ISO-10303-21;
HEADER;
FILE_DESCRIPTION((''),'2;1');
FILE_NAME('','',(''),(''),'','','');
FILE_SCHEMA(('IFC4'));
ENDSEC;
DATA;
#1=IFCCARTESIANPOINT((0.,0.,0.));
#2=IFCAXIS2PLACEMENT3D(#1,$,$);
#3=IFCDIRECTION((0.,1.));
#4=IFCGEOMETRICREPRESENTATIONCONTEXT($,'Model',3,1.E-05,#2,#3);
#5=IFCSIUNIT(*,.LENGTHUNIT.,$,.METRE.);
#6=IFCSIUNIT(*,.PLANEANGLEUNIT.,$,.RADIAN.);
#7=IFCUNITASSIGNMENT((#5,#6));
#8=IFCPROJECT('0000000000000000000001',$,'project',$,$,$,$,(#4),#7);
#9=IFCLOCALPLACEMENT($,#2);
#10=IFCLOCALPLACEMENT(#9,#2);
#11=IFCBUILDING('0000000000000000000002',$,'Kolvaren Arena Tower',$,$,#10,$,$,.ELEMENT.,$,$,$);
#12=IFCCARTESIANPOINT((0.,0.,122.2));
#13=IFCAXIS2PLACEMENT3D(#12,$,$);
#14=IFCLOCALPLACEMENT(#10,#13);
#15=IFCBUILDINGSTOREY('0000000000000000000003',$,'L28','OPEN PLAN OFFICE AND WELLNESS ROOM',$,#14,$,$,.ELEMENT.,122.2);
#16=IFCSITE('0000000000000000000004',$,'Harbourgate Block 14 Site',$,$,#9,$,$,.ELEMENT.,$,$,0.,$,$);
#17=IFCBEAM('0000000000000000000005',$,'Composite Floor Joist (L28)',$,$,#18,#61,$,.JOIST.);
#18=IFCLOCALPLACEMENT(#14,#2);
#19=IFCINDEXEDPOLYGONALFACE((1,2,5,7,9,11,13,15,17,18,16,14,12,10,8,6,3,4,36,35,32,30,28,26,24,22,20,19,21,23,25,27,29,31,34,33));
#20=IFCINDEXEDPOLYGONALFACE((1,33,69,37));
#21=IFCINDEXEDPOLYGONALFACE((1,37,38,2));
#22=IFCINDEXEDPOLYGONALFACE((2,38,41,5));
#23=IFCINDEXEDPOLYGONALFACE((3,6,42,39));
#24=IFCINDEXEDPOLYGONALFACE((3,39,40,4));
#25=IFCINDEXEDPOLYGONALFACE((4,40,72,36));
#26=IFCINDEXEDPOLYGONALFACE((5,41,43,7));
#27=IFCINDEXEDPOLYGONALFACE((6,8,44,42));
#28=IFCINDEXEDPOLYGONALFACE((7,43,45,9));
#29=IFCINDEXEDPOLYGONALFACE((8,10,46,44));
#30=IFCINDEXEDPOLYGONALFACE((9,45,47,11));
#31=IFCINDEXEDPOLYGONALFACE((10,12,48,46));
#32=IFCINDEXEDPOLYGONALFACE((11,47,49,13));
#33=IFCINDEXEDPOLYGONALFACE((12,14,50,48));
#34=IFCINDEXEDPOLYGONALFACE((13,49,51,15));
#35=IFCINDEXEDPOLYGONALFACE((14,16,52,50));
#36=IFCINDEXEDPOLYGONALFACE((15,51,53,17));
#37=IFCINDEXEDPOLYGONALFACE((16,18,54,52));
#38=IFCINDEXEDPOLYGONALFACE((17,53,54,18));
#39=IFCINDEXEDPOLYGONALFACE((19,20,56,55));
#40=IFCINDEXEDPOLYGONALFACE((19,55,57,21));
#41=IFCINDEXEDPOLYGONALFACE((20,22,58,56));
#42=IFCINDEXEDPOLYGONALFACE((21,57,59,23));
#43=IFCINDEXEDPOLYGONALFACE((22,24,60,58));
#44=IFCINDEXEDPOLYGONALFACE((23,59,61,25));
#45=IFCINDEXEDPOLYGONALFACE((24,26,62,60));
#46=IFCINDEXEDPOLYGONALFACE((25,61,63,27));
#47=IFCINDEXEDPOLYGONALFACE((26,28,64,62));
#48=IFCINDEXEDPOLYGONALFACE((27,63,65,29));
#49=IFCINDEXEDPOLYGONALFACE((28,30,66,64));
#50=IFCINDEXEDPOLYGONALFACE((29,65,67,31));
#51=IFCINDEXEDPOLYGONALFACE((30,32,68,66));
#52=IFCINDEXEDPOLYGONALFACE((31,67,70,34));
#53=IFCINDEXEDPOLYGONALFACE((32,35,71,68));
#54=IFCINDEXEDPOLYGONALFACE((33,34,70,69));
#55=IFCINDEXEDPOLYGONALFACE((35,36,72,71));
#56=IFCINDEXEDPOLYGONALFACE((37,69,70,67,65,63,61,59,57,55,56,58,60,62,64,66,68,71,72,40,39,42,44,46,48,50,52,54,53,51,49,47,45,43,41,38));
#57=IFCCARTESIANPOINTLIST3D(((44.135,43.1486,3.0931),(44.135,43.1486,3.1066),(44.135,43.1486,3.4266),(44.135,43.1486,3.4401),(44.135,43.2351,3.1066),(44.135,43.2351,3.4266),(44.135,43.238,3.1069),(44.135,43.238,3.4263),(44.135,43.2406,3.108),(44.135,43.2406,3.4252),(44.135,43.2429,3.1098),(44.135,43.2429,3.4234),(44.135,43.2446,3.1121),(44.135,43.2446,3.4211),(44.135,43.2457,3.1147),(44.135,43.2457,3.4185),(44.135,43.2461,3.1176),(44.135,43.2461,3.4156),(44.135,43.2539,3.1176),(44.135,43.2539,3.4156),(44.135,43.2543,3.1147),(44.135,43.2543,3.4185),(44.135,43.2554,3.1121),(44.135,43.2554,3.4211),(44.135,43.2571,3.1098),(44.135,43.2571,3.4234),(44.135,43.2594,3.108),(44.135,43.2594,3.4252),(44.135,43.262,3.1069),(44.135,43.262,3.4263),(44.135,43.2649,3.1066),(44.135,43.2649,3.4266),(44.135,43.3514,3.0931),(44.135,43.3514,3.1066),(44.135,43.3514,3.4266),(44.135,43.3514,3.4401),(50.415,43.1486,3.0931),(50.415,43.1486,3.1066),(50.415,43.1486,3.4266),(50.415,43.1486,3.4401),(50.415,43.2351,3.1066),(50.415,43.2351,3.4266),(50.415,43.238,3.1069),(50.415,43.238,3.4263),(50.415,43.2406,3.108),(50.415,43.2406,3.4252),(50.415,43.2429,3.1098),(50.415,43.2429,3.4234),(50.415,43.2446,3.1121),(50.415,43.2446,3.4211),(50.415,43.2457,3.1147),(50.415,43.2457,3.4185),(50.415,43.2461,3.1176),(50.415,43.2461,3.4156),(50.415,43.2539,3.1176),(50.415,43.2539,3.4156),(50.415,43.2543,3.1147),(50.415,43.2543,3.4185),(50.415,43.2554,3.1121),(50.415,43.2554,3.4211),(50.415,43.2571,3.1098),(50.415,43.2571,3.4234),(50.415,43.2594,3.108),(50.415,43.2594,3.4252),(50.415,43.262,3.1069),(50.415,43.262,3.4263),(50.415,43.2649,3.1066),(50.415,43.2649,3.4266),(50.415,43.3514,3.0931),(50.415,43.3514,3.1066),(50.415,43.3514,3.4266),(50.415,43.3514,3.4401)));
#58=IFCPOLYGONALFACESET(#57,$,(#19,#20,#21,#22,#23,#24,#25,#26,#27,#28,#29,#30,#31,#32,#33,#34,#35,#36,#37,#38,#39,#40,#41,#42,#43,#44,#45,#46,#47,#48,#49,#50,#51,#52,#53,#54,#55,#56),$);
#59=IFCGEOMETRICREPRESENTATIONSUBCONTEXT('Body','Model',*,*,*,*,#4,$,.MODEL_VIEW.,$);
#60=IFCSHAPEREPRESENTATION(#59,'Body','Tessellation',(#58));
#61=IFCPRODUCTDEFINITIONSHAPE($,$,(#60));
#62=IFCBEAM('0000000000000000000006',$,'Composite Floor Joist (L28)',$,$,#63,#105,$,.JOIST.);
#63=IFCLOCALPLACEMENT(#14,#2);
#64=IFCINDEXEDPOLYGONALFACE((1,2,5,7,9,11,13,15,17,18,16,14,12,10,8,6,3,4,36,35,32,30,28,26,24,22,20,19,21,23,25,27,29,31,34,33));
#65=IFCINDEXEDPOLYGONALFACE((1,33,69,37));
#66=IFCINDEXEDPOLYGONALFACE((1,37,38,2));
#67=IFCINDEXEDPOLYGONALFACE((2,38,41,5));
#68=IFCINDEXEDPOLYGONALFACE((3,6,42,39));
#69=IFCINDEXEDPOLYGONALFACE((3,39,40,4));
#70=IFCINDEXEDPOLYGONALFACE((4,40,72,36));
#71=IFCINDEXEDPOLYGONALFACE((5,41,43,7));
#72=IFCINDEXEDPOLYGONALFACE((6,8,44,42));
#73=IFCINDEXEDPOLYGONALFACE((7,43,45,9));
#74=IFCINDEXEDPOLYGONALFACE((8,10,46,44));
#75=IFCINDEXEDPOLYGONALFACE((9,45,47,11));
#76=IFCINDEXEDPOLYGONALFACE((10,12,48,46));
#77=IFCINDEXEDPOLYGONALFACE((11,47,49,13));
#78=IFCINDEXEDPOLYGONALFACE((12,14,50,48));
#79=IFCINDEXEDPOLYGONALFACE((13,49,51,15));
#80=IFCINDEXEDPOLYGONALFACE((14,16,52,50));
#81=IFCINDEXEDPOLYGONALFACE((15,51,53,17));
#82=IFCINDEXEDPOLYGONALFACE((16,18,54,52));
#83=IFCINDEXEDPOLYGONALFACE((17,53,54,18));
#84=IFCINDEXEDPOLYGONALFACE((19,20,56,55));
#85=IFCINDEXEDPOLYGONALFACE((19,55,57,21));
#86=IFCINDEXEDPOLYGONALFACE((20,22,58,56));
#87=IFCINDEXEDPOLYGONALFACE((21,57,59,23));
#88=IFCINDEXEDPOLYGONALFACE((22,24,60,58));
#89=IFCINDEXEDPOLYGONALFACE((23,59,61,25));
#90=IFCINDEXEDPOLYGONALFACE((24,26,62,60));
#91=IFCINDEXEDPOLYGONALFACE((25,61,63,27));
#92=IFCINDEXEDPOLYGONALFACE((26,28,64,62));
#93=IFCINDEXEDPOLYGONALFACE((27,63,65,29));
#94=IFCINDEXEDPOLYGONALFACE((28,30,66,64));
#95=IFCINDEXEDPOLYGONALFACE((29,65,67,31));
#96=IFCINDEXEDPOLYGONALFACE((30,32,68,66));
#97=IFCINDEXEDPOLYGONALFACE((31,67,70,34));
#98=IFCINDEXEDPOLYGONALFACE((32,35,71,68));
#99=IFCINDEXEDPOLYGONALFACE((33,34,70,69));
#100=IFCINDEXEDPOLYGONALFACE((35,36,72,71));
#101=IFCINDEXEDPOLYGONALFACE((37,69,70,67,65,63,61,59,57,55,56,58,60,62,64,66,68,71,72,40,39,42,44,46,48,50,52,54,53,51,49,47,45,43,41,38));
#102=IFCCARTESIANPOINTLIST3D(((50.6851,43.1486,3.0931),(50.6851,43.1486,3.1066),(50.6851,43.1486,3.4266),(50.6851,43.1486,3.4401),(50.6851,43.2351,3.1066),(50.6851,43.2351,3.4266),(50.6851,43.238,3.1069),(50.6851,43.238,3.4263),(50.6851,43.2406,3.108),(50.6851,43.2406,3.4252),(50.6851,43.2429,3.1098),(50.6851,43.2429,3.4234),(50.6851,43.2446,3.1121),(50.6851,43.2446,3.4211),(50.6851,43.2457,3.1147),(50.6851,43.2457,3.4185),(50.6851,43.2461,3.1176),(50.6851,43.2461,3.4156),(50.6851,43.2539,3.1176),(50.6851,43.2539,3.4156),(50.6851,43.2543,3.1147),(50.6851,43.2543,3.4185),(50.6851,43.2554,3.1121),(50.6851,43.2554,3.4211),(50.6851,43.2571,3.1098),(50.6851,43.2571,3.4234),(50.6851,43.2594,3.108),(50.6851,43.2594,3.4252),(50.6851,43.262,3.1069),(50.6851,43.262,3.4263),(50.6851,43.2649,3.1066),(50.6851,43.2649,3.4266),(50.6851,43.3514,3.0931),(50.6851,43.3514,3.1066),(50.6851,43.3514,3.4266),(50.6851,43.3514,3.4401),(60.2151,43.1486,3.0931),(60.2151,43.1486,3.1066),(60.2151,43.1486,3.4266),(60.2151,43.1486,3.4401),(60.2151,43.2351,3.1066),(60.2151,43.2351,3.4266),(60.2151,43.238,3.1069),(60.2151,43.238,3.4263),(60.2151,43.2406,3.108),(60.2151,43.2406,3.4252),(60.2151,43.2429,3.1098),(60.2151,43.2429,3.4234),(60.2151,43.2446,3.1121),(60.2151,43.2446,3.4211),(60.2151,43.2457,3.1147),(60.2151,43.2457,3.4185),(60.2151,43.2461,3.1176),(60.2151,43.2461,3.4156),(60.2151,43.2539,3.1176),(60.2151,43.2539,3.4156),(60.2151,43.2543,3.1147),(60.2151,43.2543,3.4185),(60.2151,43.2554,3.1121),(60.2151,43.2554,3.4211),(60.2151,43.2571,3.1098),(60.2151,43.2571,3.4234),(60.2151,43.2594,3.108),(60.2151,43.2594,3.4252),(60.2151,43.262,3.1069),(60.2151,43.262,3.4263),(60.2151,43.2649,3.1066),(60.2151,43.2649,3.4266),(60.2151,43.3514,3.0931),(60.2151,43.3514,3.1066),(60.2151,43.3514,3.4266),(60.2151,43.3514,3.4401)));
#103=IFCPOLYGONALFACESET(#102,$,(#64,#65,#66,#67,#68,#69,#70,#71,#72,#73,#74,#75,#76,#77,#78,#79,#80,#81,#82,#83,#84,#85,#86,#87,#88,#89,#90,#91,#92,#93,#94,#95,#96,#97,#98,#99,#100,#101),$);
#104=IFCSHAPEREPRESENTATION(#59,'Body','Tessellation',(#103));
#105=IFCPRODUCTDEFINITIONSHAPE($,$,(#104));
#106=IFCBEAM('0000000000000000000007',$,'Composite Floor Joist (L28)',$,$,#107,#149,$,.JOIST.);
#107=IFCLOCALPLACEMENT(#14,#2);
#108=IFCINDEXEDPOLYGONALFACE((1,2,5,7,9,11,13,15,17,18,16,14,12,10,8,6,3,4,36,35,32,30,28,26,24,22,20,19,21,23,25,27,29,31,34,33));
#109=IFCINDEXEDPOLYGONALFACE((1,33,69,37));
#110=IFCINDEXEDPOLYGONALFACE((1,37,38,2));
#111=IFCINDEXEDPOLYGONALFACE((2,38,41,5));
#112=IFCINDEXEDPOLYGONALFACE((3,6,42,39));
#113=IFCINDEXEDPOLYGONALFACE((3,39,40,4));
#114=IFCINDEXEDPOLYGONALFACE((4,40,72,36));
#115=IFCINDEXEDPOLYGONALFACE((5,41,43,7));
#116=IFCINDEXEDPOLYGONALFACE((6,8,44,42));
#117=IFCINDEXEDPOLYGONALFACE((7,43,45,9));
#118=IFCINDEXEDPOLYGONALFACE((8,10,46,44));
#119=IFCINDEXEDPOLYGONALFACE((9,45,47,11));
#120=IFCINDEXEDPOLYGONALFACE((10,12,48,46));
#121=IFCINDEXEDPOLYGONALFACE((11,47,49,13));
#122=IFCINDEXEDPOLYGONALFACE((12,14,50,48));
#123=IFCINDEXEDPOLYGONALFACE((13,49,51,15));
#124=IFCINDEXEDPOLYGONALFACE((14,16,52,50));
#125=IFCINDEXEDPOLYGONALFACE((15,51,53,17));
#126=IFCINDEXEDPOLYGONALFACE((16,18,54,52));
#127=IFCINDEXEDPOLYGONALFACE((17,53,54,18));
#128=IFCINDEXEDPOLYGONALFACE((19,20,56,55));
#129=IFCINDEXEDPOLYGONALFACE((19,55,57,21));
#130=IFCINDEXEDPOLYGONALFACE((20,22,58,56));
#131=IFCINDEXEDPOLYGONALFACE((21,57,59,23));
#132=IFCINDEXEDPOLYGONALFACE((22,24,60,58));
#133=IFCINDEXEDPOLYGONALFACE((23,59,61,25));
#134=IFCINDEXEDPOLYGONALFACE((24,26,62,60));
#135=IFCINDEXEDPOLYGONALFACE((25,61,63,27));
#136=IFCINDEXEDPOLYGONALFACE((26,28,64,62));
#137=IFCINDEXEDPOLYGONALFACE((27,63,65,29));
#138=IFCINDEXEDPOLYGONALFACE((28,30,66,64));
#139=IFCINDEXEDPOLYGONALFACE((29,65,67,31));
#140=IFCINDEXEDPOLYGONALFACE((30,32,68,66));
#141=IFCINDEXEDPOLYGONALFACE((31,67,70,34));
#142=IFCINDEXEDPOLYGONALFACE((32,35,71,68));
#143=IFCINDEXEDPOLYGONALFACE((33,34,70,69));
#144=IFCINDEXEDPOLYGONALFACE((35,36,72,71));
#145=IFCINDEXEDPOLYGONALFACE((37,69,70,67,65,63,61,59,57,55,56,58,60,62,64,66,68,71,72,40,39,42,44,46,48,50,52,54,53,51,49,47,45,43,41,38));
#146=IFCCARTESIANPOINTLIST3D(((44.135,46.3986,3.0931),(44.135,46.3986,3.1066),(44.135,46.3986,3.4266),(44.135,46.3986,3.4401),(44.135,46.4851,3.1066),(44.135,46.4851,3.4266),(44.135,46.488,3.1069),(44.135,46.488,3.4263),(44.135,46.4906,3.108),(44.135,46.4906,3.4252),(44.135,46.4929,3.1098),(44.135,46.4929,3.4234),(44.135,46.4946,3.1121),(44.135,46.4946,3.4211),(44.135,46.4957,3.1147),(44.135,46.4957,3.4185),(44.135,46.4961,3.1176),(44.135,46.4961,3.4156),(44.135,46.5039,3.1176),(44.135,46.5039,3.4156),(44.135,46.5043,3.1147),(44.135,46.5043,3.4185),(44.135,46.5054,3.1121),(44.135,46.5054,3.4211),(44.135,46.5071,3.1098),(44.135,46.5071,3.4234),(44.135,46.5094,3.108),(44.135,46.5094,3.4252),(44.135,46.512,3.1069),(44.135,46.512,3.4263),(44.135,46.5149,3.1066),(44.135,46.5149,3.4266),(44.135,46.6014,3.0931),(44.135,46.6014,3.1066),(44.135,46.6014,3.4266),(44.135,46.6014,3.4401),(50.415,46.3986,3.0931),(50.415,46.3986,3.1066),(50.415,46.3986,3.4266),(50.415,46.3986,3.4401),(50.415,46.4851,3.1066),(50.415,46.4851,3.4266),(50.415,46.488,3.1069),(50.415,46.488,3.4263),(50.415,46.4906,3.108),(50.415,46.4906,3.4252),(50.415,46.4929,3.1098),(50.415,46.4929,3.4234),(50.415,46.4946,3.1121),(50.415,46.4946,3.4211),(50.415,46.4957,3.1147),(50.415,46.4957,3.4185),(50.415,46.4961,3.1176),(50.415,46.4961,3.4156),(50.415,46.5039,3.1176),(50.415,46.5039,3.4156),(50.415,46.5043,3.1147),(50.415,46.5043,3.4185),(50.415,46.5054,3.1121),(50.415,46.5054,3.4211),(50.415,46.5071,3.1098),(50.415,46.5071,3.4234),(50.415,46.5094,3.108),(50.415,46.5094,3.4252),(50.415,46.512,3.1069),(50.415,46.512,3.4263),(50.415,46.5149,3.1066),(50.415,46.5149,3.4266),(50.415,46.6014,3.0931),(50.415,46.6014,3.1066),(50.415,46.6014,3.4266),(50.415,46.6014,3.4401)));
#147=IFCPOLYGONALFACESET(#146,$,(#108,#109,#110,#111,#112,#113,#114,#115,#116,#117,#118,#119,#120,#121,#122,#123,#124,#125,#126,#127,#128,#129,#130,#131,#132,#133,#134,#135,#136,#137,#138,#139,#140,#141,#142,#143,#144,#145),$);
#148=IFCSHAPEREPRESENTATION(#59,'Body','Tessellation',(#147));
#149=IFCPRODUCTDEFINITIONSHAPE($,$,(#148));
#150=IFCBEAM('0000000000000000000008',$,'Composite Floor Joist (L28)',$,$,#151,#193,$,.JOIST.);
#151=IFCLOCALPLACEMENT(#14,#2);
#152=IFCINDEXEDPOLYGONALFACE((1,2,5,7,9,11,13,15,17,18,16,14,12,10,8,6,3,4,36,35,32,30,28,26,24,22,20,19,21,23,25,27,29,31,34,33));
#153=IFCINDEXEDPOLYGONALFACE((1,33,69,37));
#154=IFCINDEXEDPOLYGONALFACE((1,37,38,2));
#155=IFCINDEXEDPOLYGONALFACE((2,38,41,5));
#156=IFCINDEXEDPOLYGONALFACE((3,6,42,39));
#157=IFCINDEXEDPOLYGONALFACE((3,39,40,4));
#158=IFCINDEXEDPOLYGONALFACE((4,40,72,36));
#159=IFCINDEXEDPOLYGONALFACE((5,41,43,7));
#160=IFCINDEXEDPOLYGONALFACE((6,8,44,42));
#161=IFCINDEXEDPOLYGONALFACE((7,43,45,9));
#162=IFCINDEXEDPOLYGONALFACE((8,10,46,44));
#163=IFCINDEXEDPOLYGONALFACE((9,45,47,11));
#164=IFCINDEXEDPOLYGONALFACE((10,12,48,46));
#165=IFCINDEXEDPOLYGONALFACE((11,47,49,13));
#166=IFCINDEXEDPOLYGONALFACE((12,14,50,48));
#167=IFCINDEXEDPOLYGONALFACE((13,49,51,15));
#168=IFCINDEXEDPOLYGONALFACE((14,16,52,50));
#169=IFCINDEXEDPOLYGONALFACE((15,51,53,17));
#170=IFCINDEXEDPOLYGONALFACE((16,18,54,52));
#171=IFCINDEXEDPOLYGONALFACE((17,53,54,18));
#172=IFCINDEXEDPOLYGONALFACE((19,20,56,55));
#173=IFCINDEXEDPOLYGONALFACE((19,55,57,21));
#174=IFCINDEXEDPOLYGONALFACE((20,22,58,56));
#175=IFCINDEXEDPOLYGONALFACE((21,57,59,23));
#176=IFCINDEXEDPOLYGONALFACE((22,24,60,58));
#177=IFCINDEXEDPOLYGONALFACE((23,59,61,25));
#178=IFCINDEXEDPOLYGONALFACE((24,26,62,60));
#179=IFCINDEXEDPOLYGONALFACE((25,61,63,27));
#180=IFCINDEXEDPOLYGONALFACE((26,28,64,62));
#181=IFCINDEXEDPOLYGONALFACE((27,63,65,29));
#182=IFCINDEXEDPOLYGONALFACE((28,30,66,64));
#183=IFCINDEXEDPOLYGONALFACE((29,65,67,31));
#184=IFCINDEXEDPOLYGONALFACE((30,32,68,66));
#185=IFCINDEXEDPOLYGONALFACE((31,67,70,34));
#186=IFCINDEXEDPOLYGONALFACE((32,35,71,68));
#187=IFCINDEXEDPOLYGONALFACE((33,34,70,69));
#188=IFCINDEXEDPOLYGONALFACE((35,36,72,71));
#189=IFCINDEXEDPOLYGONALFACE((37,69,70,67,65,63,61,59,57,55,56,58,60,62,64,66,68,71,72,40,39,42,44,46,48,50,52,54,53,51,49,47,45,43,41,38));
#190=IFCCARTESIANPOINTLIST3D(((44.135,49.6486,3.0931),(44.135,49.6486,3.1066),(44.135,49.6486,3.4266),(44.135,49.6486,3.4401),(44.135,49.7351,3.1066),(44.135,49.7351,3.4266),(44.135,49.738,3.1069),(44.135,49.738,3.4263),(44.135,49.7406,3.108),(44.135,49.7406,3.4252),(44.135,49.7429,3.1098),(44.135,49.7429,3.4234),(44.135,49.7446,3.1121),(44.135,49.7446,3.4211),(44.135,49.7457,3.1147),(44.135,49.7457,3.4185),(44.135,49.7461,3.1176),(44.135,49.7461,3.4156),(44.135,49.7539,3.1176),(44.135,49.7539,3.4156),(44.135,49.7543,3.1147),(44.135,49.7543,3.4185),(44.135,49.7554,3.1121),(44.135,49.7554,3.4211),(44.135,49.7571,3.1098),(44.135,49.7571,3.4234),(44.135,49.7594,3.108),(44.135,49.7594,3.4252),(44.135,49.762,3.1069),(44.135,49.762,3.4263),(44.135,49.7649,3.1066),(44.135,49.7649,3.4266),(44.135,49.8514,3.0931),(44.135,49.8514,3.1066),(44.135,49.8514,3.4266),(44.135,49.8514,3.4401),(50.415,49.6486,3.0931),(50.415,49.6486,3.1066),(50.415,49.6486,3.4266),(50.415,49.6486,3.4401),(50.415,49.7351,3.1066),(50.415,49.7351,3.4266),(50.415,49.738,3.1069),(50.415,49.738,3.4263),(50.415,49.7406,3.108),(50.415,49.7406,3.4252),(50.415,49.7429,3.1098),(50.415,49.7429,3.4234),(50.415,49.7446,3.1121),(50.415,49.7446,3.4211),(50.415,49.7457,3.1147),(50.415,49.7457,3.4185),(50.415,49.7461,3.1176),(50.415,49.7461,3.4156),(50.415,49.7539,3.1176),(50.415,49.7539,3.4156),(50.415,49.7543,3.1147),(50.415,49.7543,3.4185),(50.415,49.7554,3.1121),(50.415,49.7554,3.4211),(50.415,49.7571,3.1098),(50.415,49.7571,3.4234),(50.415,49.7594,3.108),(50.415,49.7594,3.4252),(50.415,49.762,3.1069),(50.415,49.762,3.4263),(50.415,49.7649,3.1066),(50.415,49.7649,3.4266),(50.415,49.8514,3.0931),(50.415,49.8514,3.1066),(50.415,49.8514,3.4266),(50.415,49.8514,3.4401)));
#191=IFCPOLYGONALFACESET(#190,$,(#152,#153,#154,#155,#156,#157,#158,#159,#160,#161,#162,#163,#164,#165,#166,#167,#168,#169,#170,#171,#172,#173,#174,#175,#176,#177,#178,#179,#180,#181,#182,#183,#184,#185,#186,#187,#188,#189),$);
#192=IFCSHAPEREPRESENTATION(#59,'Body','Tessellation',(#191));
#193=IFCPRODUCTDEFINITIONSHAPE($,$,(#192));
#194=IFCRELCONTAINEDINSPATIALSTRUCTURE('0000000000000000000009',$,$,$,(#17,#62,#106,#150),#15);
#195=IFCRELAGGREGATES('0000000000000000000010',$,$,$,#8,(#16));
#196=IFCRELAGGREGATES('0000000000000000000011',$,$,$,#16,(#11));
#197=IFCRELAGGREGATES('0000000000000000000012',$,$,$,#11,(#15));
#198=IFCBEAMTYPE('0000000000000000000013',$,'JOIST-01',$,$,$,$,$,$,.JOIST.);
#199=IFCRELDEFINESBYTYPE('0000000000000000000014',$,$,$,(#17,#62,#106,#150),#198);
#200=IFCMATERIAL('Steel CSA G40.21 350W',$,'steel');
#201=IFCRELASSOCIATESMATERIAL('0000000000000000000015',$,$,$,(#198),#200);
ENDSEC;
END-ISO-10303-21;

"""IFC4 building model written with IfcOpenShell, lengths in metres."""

from ifc_helpers import new_model, si_unit, direction, frame, origin, origin_2d, place, context, subcontext, project, spatial, i_section, extrude, material, material_profile, profile_set, type_object, element, save


model = new_model("IFC4")

# Units and contexts
model_context = context("Model", 3, precision=1e-05, world=origin(), true_north=direction((0.0, 1.0)))
body_context = subcontext(model_context, "Body", "Model", "MODEL_VIEW")
ifc_project = project(units=[si_unit("LENGTHUNIT", "METRE"), si_unit("PLANEANGLEUNIT", "RADIAN")], contexts=[model_context])

# Site, building, storey
site_placement = place(None, origin())
site = spatial("IfcSite", under=ifc_project, at=site_placement, Name="Harbourgate Block 14 Site", CompositionType="ELEMENT", RefElevation=0.0)
building_placement = place(site_placement, origin())
building = spatial("IfcBuilding", under=site, at=building_placement, Name="Kolvaren Arena Tower", CompositionType="ELEMENT")
storey_placement = place(building_placement, frame((0.0, 0.0, 122.2)))
storey = spatial("IfcBuildingStorey", under=building, at=storey_placement, Name="L28", Description="OPEN PLAN OFFICE AND WELLNESS ROOM", CompositionType="ELEMENT", Elevation=122.2)

# Beams
ifc_material_1 = material(Name="Steel CSA G40.21 350W", Category="steel")
ifc_material_profile_1 = material_profile(ifc_material_1, i_section(OverallWidth=0.2029, OverallDepth=0.3469, WebThickness=0.0078, FlangeThickness=0.0134, FilletRadius=0.011, at=origin_2d()), Name="W360x64")
ifc_profile_set_1 = profile_set([ifc_material_profile_1], Name="Steel CSA G40.21 350W")
beam_type_1 = type_object("IfcBeamType", Name="JOIST-01", PredefinedType="JOIST", material=ifc_profile_set_1)
beam_1_placement = place(storey_placement, frame((44.135, 43.25, 3.2666), z_axis=(1.0, 0.0, 0.0), x_axis=(0.0, 1.0, 0.0)))
element("IfcBeam", 1, at=beam_1_placement, inside=storey, type_object=beam_type_1, Name="Composite Floor Joist (L28)", PredefinedType="JOIST", context=body_context, shape_type="SweptSolid", body=[
    extrude(i_section(OverallWidth=0.2029, OverallDepth=0.3469, WebThickness=0.0078, FlangeThickness=0.0134, FilletRadius=0.011, at=origin_2d()), origin(), (0.0, 0.0, 1.0), 6.28),
])
beam_2_placement = place(storey_placement, frame((50.6851, 43.25, 3.2666), z_axis=(1.0, 0.0, 0.0), x_axis=(0.0, 1.0, 0.0)))
element("IfcBeam", 2, at=beam_2_placement, inside=storey, type_object=beam_type_1, Name="Composite Floor Joist (L28)", PredefinedType="JOIST", context=body_context, shape_type="SweptSolid", body=[
    extrude(i_section(OverallWidth=0.2029, OverallDepth=0.3469, WebThickness=0.0078, FlangeThickness=0.0134, FilletRadius=0.011, at=origin_2d()), origin(), (0.0, 0.0, 1.0), 9.53),
])
for number, where, z_axis, x_axis, name in (
    (3, (44.135, 46.5, 3.2666), (1.0, 0.0, 0.0), (0.0, 1.0, 0.0), "Composite Floor Joist (L28)"),
    (4, (44.135, 49.75, 3.2666), (1.0, 0.0, 0.0), (0.0, 1.0, 0.0), "Composite Floor Joist (L28)"),
):
    element("IfcBeam", number, at=place(storey_placement, frame(where, z_axis=z_axis, x_axis=x_axis)), inside=storey, type_object=beam_type_1, Name=name, PredefinedType="JOIST", context=body_context, shape_type="SweptSolid", body=[
        extrude(i_section(OverallWidth=0.2029, OverallDepth=0.3469, WebThickness=0.0078, FlangeThickness=0.0134, FilletRadius=0.011, at=origin_2d()), origin(), (0.0, 0.0, 1.0), 6.28),
    ])

save(model, "model.ifc")
